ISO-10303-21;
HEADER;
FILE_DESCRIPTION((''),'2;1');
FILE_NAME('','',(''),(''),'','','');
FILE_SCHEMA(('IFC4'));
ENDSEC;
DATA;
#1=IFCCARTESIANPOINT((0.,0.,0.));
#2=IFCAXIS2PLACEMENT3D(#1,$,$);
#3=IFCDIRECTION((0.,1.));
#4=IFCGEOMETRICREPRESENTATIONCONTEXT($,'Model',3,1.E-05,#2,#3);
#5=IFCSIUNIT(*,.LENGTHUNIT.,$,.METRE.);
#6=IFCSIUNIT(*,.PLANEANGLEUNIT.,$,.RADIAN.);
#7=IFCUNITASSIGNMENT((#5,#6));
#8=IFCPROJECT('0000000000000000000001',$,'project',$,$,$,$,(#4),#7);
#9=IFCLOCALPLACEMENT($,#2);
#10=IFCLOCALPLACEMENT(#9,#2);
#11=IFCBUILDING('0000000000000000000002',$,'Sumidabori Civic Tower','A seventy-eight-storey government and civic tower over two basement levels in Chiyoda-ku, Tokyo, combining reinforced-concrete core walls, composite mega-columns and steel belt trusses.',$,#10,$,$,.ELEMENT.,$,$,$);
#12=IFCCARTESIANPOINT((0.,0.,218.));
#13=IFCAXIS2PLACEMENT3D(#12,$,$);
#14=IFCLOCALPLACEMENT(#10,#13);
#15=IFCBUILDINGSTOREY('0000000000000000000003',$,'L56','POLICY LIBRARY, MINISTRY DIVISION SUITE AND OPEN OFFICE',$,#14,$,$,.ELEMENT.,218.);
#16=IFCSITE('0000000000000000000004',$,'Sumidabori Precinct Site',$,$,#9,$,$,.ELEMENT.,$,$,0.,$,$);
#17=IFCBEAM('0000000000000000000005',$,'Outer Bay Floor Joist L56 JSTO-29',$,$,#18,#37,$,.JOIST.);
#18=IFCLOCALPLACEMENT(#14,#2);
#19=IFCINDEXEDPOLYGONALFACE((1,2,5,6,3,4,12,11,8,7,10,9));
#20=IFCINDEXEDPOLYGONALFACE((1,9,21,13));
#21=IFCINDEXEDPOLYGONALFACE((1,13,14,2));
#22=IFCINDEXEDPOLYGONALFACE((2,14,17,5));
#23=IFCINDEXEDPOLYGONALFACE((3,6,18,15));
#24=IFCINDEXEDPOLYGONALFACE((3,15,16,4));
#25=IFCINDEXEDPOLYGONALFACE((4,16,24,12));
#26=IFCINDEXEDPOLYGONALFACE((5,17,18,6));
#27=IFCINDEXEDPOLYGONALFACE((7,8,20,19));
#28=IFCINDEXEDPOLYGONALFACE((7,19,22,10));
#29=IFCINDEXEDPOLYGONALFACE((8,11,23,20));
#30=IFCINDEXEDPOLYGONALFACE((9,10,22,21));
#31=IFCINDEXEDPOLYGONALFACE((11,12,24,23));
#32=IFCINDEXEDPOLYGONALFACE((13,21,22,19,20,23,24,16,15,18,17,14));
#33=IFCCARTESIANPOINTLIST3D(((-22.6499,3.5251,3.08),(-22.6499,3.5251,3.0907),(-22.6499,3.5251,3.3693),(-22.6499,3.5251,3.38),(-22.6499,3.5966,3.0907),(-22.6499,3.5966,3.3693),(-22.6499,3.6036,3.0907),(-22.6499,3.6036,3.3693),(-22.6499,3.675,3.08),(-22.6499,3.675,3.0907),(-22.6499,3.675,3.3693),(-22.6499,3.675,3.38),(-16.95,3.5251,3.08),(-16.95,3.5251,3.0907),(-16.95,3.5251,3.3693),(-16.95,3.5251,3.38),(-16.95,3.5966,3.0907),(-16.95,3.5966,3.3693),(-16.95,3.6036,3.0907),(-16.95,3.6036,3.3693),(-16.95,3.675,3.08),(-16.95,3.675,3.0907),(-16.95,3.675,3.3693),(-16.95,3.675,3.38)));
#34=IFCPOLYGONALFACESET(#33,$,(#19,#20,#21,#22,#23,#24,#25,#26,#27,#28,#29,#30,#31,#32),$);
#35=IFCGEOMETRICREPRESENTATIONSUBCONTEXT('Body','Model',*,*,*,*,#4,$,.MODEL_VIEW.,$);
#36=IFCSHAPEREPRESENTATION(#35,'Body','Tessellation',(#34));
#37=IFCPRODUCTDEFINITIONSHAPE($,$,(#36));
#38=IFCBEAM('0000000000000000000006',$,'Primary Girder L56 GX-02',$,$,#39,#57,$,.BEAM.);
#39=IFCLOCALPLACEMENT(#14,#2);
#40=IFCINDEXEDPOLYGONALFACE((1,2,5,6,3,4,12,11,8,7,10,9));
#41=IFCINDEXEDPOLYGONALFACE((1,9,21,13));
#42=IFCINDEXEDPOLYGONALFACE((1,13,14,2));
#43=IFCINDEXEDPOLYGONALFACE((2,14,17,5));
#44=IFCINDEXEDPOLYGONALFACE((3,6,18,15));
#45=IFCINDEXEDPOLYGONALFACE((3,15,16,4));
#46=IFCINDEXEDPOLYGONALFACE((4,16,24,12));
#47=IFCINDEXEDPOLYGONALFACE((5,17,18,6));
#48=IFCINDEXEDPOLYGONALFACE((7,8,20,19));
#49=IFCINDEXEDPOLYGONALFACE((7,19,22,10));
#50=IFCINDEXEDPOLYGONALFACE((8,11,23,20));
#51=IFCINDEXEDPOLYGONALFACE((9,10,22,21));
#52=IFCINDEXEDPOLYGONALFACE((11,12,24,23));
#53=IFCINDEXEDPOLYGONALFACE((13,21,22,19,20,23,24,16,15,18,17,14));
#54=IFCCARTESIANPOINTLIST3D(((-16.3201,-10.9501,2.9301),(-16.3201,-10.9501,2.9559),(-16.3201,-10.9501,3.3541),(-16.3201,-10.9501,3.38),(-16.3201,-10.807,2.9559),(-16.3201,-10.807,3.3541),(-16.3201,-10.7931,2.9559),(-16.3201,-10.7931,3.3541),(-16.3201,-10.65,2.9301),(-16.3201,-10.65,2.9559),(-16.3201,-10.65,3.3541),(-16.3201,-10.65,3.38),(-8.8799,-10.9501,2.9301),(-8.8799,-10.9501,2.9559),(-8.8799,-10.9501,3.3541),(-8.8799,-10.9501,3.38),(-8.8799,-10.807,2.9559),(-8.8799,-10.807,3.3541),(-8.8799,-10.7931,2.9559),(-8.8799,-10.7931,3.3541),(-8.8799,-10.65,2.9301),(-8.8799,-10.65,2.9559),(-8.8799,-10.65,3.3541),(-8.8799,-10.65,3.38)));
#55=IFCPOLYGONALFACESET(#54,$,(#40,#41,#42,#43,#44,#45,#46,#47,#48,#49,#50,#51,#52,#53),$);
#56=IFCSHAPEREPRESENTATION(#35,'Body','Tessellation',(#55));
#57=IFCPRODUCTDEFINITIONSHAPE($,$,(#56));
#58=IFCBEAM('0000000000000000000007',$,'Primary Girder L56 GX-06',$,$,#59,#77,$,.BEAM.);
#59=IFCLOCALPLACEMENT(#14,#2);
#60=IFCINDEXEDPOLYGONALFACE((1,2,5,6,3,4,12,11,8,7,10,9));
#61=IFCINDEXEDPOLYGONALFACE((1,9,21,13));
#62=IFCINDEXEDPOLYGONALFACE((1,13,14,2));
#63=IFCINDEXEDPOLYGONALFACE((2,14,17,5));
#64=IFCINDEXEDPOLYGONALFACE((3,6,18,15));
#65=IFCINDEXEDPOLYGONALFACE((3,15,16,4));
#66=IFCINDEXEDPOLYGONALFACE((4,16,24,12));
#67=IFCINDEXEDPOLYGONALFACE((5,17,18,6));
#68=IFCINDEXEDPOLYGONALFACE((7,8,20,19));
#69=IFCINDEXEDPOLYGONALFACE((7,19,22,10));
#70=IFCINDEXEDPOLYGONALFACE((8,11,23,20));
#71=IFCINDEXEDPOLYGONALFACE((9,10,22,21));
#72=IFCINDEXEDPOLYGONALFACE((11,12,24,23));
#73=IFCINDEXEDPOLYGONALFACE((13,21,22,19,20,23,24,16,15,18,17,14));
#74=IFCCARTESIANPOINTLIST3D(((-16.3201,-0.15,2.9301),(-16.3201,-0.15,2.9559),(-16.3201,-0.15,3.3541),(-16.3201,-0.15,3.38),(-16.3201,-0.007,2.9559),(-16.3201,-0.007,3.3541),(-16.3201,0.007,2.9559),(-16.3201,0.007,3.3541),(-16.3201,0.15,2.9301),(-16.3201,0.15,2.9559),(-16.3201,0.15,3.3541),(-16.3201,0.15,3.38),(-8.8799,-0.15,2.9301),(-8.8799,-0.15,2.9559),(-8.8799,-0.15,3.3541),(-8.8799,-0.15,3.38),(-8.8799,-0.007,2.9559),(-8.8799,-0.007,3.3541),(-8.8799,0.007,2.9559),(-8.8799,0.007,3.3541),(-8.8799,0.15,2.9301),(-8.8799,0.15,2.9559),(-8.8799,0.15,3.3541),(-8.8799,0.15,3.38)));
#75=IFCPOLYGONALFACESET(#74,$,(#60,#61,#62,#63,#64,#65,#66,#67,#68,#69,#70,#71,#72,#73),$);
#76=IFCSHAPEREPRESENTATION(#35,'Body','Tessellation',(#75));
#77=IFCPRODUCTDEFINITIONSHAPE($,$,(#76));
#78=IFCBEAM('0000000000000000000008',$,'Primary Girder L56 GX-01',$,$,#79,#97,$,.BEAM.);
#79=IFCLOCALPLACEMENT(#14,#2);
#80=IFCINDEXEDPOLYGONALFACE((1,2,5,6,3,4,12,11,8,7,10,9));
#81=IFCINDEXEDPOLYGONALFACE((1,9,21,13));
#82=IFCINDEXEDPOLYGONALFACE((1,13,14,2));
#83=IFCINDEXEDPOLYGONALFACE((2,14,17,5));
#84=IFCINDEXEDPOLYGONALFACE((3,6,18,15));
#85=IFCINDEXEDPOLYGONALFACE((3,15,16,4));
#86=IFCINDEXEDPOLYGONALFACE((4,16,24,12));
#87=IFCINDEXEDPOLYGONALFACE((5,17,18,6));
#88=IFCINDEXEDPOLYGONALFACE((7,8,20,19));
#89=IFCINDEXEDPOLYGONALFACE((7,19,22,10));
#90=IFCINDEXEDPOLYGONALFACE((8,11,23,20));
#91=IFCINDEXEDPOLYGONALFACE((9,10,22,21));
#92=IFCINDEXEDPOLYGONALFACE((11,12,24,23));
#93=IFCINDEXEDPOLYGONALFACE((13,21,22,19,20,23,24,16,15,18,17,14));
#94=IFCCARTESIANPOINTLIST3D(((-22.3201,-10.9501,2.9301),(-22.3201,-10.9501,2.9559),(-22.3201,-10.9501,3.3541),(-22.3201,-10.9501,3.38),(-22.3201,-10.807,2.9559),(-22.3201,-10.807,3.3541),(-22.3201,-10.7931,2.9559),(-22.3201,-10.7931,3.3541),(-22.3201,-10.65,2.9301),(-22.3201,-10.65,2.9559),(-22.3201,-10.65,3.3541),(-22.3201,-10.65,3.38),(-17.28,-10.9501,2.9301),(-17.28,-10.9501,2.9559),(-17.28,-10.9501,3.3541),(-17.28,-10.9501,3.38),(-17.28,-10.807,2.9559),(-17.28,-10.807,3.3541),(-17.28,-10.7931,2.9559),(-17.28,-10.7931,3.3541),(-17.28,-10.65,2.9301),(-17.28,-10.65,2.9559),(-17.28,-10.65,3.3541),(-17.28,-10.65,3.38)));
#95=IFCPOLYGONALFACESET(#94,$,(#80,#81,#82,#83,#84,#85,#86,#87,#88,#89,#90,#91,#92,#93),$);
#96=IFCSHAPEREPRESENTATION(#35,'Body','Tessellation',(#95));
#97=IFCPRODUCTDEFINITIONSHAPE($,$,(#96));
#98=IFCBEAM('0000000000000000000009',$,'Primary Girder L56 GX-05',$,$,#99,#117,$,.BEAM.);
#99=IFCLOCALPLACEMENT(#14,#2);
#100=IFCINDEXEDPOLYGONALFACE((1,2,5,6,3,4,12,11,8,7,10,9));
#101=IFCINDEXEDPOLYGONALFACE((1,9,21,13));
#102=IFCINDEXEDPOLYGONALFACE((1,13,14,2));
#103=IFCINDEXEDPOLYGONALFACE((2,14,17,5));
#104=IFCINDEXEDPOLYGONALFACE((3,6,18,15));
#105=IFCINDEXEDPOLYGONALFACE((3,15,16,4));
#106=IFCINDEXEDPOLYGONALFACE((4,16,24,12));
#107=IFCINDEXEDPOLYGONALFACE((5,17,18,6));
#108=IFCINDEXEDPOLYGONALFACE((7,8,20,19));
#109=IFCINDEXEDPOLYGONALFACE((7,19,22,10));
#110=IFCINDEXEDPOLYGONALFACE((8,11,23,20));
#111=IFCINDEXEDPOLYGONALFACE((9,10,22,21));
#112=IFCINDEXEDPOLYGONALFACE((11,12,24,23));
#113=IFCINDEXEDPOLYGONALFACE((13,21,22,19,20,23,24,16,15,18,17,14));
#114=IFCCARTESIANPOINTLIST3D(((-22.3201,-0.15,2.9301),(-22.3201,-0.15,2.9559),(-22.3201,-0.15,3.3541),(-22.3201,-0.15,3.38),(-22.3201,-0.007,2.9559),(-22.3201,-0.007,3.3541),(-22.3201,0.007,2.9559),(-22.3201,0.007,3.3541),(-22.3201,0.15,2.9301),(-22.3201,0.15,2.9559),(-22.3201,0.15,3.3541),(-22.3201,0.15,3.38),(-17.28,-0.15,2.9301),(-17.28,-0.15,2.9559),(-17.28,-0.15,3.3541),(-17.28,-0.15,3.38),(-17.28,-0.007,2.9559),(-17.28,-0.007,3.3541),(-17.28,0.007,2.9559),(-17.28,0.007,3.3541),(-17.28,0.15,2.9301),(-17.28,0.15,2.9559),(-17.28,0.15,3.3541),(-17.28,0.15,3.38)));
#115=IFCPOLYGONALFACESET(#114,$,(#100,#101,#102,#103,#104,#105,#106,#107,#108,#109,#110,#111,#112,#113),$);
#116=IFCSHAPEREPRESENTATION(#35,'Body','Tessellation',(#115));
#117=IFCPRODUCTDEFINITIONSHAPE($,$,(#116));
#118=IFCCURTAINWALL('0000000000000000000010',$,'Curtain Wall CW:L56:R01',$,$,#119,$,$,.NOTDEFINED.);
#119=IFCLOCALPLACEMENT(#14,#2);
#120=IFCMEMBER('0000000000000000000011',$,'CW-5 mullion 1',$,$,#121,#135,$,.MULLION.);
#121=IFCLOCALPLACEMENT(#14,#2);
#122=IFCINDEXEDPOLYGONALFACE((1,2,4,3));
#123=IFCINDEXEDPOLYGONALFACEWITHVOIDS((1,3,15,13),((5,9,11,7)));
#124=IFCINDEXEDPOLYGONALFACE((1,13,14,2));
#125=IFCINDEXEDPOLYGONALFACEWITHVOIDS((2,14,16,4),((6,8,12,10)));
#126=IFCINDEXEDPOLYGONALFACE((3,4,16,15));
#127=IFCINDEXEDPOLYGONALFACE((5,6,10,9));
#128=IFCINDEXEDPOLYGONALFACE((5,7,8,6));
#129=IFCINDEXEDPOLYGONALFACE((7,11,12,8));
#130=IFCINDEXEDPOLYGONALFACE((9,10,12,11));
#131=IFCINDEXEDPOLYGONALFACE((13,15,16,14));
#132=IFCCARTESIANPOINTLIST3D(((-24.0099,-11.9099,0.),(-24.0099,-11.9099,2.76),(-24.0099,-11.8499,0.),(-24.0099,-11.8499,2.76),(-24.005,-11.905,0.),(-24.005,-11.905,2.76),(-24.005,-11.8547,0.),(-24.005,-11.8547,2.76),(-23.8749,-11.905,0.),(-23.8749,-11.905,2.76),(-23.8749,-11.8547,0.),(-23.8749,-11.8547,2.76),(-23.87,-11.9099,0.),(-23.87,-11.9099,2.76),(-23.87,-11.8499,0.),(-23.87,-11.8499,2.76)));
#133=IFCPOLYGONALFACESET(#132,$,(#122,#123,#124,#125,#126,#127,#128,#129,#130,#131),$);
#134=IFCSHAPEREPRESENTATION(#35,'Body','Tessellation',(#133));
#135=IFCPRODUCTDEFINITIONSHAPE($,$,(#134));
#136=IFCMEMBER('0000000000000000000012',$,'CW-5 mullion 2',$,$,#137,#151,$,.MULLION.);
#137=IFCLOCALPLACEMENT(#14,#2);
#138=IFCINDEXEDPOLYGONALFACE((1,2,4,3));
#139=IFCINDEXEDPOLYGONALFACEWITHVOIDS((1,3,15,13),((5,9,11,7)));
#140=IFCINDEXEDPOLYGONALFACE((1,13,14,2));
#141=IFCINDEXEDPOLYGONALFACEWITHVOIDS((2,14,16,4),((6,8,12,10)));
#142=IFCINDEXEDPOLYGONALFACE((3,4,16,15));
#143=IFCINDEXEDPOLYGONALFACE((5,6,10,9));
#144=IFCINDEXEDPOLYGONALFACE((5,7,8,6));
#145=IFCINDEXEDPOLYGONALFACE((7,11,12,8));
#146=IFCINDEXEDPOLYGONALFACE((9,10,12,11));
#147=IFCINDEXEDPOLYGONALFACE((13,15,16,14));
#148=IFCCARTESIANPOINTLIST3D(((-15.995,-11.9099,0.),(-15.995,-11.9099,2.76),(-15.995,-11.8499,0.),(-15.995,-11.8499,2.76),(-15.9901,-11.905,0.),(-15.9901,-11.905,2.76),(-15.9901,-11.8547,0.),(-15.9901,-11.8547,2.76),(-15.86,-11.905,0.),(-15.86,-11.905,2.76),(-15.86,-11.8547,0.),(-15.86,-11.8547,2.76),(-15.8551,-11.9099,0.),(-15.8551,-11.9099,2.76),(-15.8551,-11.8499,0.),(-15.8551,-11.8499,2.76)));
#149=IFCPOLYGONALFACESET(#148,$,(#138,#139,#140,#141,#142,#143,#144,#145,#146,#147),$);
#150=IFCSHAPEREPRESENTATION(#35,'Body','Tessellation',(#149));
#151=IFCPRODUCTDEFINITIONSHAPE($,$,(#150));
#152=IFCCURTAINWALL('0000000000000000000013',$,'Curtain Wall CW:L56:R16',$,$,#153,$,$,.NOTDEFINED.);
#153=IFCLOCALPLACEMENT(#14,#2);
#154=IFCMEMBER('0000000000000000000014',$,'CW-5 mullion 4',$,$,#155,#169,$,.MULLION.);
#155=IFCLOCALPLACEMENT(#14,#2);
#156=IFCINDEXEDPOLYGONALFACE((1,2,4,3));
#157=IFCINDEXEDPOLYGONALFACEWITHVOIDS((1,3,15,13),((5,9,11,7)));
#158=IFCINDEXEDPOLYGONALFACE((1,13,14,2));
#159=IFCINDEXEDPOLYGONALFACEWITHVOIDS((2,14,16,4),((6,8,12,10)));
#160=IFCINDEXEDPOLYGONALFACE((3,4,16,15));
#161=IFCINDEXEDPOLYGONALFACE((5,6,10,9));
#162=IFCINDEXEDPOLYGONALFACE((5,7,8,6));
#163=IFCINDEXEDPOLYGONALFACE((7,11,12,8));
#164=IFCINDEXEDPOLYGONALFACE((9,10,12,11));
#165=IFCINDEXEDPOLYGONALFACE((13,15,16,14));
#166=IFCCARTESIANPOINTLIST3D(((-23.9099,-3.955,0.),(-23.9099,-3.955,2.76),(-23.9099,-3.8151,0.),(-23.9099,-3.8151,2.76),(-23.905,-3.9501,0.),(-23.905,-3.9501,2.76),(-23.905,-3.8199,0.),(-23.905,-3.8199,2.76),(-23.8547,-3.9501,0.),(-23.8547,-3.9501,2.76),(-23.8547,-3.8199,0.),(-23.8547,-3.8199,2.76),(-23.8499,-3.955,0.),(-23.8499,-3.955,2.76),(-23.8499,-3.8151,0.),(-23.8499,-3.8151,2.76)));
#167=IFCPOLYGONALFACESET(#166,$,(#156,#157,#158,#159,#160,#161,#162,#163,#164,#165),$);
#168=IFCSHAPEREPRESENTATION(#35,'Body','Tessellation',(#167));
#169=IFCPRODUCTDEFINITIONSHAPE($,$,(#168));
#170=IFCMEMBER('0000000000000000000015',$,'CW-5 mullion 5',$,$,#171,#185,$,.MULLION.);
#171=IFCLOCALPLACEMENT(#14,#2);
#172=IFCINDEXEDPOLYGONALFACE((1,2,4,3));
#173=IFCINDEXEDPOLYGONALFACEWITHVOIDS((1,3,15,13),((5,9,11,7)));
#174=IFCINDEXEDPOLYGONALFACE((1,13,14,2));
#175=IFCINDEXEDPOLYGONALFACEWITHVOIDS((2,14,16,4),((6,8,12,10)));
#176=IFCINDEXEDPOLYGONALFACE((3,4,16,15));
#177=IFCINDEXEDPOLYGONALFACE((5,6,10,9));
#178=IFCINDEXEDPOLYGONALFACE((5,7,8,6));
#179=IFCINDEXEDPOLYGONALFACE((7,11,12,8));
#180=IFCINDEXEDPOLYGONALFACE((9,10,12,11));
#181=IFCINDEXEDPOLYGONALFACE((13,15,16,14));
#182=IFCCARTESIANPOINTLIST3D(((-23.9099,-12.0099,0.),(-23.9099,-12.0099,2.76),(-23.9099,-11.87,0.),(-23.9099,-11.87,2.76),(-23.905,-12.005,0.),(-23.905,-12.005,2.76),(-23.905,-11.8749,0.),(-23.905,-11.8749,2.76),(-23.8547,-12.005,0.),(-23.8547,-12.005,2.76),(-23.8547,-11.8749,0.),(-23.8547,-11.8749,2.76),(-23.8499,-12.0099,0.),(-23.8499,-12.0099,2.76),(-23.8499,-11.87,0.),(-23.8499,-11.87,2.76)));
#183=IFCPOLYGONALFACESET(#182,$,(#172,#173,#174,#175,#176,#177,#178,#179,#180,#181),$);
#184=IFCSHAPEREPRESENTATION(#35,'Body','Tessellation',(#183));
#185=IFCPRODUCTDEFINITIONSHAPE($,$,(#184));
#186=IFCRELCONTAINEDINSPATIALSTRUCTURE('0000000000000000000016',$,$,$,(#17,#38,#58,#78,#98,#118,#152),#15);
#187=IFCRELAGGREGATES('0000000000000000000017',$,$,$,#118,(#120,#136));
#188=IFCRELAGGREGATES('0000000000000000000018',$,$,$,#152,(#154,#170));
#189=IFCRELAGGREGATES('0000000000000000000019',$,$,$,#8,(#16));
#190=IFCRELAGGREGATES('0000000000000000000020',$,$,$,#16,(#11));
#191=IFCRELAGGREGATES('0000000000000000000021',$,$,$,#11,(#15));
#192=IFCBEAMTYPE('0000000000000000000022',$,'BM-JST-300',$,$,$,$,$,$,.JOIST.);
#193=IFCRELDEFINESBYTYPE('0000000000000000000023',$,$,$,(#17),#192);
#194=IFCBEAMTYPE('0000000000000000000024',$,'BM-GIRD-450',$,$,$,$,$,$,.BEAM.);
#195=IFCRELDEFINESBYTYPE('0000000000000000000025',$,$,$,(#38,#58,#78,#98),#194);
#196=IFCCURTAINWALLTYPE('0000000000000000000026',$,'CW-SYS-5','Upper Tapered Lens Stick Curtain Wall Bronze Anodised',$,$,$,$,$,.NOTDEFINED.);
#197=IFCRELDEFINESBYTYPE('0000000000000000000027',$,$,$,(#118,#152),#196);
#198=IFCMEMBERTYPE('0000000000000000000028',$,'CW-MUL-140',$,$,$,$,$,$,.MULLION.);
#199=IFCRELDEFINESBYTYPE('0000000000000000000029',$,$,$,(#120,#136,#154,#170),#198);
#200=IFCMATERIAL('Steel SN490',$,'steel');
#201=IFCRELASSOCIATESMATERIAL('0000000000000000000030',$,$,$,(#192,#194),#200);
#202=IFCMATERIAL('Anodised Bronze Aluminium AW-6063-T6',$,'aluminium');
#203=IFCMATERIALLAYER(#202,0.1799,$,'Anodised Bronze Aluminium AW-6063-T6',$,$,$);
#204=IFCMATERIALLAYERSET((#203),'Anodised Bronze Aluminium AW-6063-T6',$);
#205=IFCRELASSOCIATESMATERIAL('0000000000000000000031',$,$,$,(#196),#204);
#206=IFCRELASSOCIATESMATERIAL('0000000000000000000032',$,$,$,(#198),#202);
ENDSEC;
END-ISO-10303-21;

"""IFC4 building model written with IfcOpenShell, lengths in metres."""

from ifc_helpers import new_model, si_unit, direction, frame, origin, origin_2d, place, context, subcontext, project, spatial, hollow_rectangle, i_section, extrude, source, transform, mapped, material, layer, layer_set, material_profile, profile_set, type_object, element, aggregate, save


model = new_model("IFC4")

# Units and contexts
model_context = context("Model", 3, precision=1e-05, world=origin(), true_north=direction((0.0, 1.0)))
body_context = subcontext(model_context, "Body", "Model", "MODEL_VIEW")
ifc_project = project(units=[si_unit("LENGTHUNIT", "METRE"), si_unit("PLANEANGLEUNIT", "RADIAN")], contexts=[model_context])

# Site, building, storey
site_placement = place(None, origin())
site = spatial("IfcSite", under=ifc_project, at=site_placement, Name="Sumidabori Precinct Site", CompositionType="ELEMENT", RefElevation=0.0)
building_placement = place(site_placement, origin())
building = spatial("IfcBuilding", under=site, at=building_placement, Name="Sumidabori Civic Tower", Description="A seventy-eight-storey government and civic tower over two basement levels in Chiyoda-ku, Tokyo, combining reinforced-concrete core walls, composite mega-columns and steel belt trusses.", CompositionType="ELEMENT")
storey_placement = place(building_placement, frame((0.0, 0.0, 218.0)))
storey = spatial("IfcBuildingStorey", under=building, at=storey_placement, Name="L56", Description="POLICY LIBRARY, MINISTRY DIVISION SUITE AND OPEN OFFICE", CompositionType="ELEMENT", Elevation=218.0)

# Beams
ifc_material_1 = material(Name="Steel SN490", Category="steel")
ifc_material_profile_1 = material_profile(ifc_material_1, i_section(OverallWidth=0.1499, OverallDepth=0.3, WebThickness=0.0071, FlangeThickness=0.0107, at=origin_2d()), Name="IPE 300")
ifc_profile_set_1 = profile_set([ifc_material_profile_1], Name="Steel SN490")
beam_type_1 = type_object("IfcBeamType", Name="BM-JST-300", PredefinedType="JOIST", material=ifc_profile_set_1)
shared_shape_1 = source(origin(), body_context, "Body", "SweptSolid", [
    extrude(i_section(OverallWidth=0.1499, OverallDepth=0.3, WebThickness=0.0071, FlangeThickness=0.0107, at=origin_2d()), origin(), (0.0, 0.0, 1.0), 5.7),
])
for number, where, z_axis, x_axis, name in (
    (1, (-22.6499, 3.6001, 3.23), (1.0, 0.0, 0.0), (0.0, 1.0, 0.0), "Outer Bay Floor Joist L56 JSTO-29"),
):
    element("IfcBeam", number, at=place(storey_placement, frame(where, z_axis=z_axis, x_axis=x_axis)), inside=storey, type_object=beam_type_1, Name=name, PredefinedType="JOIST", context=body_context, shape_type="MappedRepresentation", body=[
        mapped(shared_shape_1, transform((0.0, 0.0, 0.0), x_axis=(1.0, 0.0, 0.0), y_axis=(0.0, 1.0, 0.0), z_axis=(0.0, 0.0, 1.0), scale=1.0)),
    ])
ifc_material_profile_2 = material_profile(ifc_material_1, i_section(OverallWidth=0.3, OverallDepth=0.45, WebThickness=0.0139, FlangeThickness=0.0259, at=origin_2d()), Name="HE 450 B")
ifc_profile_set_2 = profile_set([ifc_material_profile_2], Name="Steel SN490")
beam_type_2 = type_object("IfcBeamType", Name="BM-GIRD-450", PredefinedType="BEAM", material=ifc_profile_set_2)
shared_shape_2 = source(origin(), body_context, "Body", "SweptSolid", [
    extrude(i_section(OverallWidth=0.3, OverallDepth=0.45, WebThickness=0.0139, FlangeThickness=0.0259, at=origin_2d()), origin(), (0.0, 0.0, 1.0), 7.4402),
])
for number, where, z_axis, x_axis, name in (
    (2, (-16.3201, -10.8, 3.155), (1.0, 0.0, 0.0), (0.0, 1.0, 0.0), "Primary Girder L56 GX-02"),
    (3, (-16.3201, 0.0, 3.155), (1.0, 0.0, 0.0), (0.0, 1.0, 0.0), "Primary Girder L56 GX-06"),
):
    element("IfcBeam", number, at=place(storey_placement, frame(where, z_axis=z_axis, x_axis=x_axis)), inside=storey, type_object=beam_type_2, Name=name, PredefinedType="BEAM", context=body_context, shape_type="MappedRepresentation", body=[
        mapped(shared_shape_2, transform((0.0, 0.0, 0.0), x_axis=(1.0, 0.0, 0.0), y_axis=(0.0, 1.0, 0.0), z_axis=(0.0, 0.0, 1.0), scale=1.0)),
    ])
shared_shape_3 = source(origin(), body_context, "Body", "SweptSolid", [
    extrude(i_section(OverallWidth=0.3, OverallDepth=0.45, WebThickness=0.0139, FlangeThickness=0.0259, at=origin_2d()), origin(), (0.0, 0.0, 1.0), 5.04),
])
for number, where, z_axis, x_axis, name in (
    (4, (-22.3201, -10.8, 3.155), (1.0, 0.0, 0.0), (0.0, 1.0, 0.0), "Primary Girder L56 GX-01"),
    (5, (-22.3201, 0.0, 3.155), (1.0, 0.0, 0.0), (0.0, 1.0, 0.0), "Primary Girder L56 GX-05"),
):
    element("IfcBeam", number, at=place(storey_placement, frame(where, z_axis=z_axis, x_axis=x_axis)), inside=storey, type_object=beam_type_2, Name=name, PredefinedType="BEAM", context=body_context, shape_type="MappedRepresentation", body=[
        mapped(shared_shape_3, transform((0.0, 0.0, 0.0), x_axis=(1.0, 0.0, 0.0), y_axis=(0.0, 1.0, 0.0), z_axis=(0.0, 0.0, 1.0), scale=1.0)),
    ])

# Curtain walls, members
ifc_material_2 = material(Name="Anodised Bronze Aluminium AW-6063-T6", Category="aluminium")
ifc_layer_1 = layer(ifc_material_2, 0.1799, Name="Anodised Bronze Aluminium AW-6063-T6")
ifc_layer_set_1 = layer_set([ifc_layer_1], Name="Anodised Bronze Aluminium AW-6063-T6")
curtain_wall_type = type_object("IfcCurtainWallType", Name="CW-SYS-5", Description="Upper Tapered Lens Stick Curtain Wall Bronze Anodised", PredefinedType="NOTDEFINED", material=ifc_layer_set_1)
curtain_wall_1_placement = place(storey_placement, origin())
curtain_wall_1 = element("IfcCurtainWall", 6, at=curtain_wall_1_placement, inside=storey, type_object=curtain_wall_type, Name="Curtain Wall CW:L56:R01", PredefinedType="NOTDEFINED")
ifc_material_profile_3 = material_profile(ifc_material_2, hollow_rectangle(XDim=0.0601, YDim=0.1399, WallThickness=0.0049, at=origin_2d()), Name="ALU MULLION 140x60")
ifc_profile_set_3 = profile_set([ifc_material_profile_3], Name="Anodised Bronze Aluminium AW-6063-T6")
member_type_1 = type_object("IfcMemberType", Name="CW-MUL-140", PredefinedType="MULLION", material=ifc_profile_set_3)
shared_shape_4 = source(origin(), body_context, "Body", "SweptSolid", [
    extrude(hollow_rectangle(XDim=0.0601, YDim=0.1399, WallThickness=0.0049, at=origin_2d()), origin(), (0.0, 0.0, 1.0), 2.76),
])
member_1_placement = place(storey_placement, frame((-23.9399, -11.8799, 0.0), z_axis=(0.0, 0.0, 1.0), x_axis=(0.0, 1.0, 0.0)))
member_1 = element("IfcMember", 7, at=member_1_placement, type_object=member_type_1, Name="CW-5 mullion 1", PredefinedType="MULLION", context=body_context, shape_type="MappedRepresentation", body=[
    mapped(shared_shape_4, transform((0.0, 0.0, 0.0), x_axis=(1.0, 0.0, 0.0), y_axis=(0.0, 1.0, 0.0), z_axis=(0.0, 0.0, 1.0), scale=1.0)),
])
member_2_placement = place(storey_placement, frame((-15.925, -11.8799, 0.0), z_axis=(0.0, 0.0, 1.0), x_axis=(0.0, 1.0, 0.0)))
member_2 = element("IfcMember", 8, at=member_2_placement, type_object=member_type_1, Name="CW-5 mullion 2", PredefinedType="MULLION", context=body_context, shape_type="MappedRepresentation", body=[
    mapped(shared_shape_4, transform((0.0, 0.0, 0.0), x_axis=(1.0, 0.0, 0.0), y_axis=(0.0, 1.0, 0.0), z_axis=(0.0, 0.0, 1.0), scale=1.0)),
])
curtain_wall_2_placement = place(storey_placement, origin())
curtain_wall_2 = element("IfcCurtainWall", 9, at=curtain_wall_2_placement, inside=storey, type_object=curtain_wall_type, Name="Curtain Wall CW:L56:R16", PredefinedType="NOTDEFINED")
member_3_placement = place(storey_placement, frame((-23.8799, -3.885, 0.0), z_axis=(0.0, 0.0, 1.0), x_axis=(1.0, 0.0, 0.0)))
member_3 = element("IfcMember", 10, at=member_3_placement, type_object=member_type_1, Name="CW-5 mullion 4", PredefinedType="MULLION", context=body_context, shape_type="MappedRepresentation", body=[
    mapped(shared_shape_4, transform((0.0, 0.0, 0.0), x_axis=(1.0, 0.0, 0.0), y_axis=(0.0, 1.0, 0.0), z_axis=(0.0, 0.0, 1.0), scale=1.0)),
])
member_4_placement = place(storey_placement, frame((-23.8799, -11.9399, 0.0), z_axis=(0.0, 0.0, 1.0), x_axis=(1.0, 0.0, 0.0)))
member_4 = element("IfcMember", 11, at=member_4_placement, type_object=member_type_1, Name="CW-5 mullion 5", PredefinedType="MULLION", context=body_context, shape_type="MappedRepresentation", body=[
    mapped(shared_shape_4, transform((0.0, 0.0, 0.0), x_axis=(1.0, 0.0, 0.0), y_axis=(0.0, 1.0, 0.0), z_axis=(0.0, 0.0, 1.0), scale=1.0)),
])

aggregate(curtain_wall_1, [member_1, member_2])
aggregate(curtain_wall_2, [member_3, member_4])

save(model, "model.ifc")
